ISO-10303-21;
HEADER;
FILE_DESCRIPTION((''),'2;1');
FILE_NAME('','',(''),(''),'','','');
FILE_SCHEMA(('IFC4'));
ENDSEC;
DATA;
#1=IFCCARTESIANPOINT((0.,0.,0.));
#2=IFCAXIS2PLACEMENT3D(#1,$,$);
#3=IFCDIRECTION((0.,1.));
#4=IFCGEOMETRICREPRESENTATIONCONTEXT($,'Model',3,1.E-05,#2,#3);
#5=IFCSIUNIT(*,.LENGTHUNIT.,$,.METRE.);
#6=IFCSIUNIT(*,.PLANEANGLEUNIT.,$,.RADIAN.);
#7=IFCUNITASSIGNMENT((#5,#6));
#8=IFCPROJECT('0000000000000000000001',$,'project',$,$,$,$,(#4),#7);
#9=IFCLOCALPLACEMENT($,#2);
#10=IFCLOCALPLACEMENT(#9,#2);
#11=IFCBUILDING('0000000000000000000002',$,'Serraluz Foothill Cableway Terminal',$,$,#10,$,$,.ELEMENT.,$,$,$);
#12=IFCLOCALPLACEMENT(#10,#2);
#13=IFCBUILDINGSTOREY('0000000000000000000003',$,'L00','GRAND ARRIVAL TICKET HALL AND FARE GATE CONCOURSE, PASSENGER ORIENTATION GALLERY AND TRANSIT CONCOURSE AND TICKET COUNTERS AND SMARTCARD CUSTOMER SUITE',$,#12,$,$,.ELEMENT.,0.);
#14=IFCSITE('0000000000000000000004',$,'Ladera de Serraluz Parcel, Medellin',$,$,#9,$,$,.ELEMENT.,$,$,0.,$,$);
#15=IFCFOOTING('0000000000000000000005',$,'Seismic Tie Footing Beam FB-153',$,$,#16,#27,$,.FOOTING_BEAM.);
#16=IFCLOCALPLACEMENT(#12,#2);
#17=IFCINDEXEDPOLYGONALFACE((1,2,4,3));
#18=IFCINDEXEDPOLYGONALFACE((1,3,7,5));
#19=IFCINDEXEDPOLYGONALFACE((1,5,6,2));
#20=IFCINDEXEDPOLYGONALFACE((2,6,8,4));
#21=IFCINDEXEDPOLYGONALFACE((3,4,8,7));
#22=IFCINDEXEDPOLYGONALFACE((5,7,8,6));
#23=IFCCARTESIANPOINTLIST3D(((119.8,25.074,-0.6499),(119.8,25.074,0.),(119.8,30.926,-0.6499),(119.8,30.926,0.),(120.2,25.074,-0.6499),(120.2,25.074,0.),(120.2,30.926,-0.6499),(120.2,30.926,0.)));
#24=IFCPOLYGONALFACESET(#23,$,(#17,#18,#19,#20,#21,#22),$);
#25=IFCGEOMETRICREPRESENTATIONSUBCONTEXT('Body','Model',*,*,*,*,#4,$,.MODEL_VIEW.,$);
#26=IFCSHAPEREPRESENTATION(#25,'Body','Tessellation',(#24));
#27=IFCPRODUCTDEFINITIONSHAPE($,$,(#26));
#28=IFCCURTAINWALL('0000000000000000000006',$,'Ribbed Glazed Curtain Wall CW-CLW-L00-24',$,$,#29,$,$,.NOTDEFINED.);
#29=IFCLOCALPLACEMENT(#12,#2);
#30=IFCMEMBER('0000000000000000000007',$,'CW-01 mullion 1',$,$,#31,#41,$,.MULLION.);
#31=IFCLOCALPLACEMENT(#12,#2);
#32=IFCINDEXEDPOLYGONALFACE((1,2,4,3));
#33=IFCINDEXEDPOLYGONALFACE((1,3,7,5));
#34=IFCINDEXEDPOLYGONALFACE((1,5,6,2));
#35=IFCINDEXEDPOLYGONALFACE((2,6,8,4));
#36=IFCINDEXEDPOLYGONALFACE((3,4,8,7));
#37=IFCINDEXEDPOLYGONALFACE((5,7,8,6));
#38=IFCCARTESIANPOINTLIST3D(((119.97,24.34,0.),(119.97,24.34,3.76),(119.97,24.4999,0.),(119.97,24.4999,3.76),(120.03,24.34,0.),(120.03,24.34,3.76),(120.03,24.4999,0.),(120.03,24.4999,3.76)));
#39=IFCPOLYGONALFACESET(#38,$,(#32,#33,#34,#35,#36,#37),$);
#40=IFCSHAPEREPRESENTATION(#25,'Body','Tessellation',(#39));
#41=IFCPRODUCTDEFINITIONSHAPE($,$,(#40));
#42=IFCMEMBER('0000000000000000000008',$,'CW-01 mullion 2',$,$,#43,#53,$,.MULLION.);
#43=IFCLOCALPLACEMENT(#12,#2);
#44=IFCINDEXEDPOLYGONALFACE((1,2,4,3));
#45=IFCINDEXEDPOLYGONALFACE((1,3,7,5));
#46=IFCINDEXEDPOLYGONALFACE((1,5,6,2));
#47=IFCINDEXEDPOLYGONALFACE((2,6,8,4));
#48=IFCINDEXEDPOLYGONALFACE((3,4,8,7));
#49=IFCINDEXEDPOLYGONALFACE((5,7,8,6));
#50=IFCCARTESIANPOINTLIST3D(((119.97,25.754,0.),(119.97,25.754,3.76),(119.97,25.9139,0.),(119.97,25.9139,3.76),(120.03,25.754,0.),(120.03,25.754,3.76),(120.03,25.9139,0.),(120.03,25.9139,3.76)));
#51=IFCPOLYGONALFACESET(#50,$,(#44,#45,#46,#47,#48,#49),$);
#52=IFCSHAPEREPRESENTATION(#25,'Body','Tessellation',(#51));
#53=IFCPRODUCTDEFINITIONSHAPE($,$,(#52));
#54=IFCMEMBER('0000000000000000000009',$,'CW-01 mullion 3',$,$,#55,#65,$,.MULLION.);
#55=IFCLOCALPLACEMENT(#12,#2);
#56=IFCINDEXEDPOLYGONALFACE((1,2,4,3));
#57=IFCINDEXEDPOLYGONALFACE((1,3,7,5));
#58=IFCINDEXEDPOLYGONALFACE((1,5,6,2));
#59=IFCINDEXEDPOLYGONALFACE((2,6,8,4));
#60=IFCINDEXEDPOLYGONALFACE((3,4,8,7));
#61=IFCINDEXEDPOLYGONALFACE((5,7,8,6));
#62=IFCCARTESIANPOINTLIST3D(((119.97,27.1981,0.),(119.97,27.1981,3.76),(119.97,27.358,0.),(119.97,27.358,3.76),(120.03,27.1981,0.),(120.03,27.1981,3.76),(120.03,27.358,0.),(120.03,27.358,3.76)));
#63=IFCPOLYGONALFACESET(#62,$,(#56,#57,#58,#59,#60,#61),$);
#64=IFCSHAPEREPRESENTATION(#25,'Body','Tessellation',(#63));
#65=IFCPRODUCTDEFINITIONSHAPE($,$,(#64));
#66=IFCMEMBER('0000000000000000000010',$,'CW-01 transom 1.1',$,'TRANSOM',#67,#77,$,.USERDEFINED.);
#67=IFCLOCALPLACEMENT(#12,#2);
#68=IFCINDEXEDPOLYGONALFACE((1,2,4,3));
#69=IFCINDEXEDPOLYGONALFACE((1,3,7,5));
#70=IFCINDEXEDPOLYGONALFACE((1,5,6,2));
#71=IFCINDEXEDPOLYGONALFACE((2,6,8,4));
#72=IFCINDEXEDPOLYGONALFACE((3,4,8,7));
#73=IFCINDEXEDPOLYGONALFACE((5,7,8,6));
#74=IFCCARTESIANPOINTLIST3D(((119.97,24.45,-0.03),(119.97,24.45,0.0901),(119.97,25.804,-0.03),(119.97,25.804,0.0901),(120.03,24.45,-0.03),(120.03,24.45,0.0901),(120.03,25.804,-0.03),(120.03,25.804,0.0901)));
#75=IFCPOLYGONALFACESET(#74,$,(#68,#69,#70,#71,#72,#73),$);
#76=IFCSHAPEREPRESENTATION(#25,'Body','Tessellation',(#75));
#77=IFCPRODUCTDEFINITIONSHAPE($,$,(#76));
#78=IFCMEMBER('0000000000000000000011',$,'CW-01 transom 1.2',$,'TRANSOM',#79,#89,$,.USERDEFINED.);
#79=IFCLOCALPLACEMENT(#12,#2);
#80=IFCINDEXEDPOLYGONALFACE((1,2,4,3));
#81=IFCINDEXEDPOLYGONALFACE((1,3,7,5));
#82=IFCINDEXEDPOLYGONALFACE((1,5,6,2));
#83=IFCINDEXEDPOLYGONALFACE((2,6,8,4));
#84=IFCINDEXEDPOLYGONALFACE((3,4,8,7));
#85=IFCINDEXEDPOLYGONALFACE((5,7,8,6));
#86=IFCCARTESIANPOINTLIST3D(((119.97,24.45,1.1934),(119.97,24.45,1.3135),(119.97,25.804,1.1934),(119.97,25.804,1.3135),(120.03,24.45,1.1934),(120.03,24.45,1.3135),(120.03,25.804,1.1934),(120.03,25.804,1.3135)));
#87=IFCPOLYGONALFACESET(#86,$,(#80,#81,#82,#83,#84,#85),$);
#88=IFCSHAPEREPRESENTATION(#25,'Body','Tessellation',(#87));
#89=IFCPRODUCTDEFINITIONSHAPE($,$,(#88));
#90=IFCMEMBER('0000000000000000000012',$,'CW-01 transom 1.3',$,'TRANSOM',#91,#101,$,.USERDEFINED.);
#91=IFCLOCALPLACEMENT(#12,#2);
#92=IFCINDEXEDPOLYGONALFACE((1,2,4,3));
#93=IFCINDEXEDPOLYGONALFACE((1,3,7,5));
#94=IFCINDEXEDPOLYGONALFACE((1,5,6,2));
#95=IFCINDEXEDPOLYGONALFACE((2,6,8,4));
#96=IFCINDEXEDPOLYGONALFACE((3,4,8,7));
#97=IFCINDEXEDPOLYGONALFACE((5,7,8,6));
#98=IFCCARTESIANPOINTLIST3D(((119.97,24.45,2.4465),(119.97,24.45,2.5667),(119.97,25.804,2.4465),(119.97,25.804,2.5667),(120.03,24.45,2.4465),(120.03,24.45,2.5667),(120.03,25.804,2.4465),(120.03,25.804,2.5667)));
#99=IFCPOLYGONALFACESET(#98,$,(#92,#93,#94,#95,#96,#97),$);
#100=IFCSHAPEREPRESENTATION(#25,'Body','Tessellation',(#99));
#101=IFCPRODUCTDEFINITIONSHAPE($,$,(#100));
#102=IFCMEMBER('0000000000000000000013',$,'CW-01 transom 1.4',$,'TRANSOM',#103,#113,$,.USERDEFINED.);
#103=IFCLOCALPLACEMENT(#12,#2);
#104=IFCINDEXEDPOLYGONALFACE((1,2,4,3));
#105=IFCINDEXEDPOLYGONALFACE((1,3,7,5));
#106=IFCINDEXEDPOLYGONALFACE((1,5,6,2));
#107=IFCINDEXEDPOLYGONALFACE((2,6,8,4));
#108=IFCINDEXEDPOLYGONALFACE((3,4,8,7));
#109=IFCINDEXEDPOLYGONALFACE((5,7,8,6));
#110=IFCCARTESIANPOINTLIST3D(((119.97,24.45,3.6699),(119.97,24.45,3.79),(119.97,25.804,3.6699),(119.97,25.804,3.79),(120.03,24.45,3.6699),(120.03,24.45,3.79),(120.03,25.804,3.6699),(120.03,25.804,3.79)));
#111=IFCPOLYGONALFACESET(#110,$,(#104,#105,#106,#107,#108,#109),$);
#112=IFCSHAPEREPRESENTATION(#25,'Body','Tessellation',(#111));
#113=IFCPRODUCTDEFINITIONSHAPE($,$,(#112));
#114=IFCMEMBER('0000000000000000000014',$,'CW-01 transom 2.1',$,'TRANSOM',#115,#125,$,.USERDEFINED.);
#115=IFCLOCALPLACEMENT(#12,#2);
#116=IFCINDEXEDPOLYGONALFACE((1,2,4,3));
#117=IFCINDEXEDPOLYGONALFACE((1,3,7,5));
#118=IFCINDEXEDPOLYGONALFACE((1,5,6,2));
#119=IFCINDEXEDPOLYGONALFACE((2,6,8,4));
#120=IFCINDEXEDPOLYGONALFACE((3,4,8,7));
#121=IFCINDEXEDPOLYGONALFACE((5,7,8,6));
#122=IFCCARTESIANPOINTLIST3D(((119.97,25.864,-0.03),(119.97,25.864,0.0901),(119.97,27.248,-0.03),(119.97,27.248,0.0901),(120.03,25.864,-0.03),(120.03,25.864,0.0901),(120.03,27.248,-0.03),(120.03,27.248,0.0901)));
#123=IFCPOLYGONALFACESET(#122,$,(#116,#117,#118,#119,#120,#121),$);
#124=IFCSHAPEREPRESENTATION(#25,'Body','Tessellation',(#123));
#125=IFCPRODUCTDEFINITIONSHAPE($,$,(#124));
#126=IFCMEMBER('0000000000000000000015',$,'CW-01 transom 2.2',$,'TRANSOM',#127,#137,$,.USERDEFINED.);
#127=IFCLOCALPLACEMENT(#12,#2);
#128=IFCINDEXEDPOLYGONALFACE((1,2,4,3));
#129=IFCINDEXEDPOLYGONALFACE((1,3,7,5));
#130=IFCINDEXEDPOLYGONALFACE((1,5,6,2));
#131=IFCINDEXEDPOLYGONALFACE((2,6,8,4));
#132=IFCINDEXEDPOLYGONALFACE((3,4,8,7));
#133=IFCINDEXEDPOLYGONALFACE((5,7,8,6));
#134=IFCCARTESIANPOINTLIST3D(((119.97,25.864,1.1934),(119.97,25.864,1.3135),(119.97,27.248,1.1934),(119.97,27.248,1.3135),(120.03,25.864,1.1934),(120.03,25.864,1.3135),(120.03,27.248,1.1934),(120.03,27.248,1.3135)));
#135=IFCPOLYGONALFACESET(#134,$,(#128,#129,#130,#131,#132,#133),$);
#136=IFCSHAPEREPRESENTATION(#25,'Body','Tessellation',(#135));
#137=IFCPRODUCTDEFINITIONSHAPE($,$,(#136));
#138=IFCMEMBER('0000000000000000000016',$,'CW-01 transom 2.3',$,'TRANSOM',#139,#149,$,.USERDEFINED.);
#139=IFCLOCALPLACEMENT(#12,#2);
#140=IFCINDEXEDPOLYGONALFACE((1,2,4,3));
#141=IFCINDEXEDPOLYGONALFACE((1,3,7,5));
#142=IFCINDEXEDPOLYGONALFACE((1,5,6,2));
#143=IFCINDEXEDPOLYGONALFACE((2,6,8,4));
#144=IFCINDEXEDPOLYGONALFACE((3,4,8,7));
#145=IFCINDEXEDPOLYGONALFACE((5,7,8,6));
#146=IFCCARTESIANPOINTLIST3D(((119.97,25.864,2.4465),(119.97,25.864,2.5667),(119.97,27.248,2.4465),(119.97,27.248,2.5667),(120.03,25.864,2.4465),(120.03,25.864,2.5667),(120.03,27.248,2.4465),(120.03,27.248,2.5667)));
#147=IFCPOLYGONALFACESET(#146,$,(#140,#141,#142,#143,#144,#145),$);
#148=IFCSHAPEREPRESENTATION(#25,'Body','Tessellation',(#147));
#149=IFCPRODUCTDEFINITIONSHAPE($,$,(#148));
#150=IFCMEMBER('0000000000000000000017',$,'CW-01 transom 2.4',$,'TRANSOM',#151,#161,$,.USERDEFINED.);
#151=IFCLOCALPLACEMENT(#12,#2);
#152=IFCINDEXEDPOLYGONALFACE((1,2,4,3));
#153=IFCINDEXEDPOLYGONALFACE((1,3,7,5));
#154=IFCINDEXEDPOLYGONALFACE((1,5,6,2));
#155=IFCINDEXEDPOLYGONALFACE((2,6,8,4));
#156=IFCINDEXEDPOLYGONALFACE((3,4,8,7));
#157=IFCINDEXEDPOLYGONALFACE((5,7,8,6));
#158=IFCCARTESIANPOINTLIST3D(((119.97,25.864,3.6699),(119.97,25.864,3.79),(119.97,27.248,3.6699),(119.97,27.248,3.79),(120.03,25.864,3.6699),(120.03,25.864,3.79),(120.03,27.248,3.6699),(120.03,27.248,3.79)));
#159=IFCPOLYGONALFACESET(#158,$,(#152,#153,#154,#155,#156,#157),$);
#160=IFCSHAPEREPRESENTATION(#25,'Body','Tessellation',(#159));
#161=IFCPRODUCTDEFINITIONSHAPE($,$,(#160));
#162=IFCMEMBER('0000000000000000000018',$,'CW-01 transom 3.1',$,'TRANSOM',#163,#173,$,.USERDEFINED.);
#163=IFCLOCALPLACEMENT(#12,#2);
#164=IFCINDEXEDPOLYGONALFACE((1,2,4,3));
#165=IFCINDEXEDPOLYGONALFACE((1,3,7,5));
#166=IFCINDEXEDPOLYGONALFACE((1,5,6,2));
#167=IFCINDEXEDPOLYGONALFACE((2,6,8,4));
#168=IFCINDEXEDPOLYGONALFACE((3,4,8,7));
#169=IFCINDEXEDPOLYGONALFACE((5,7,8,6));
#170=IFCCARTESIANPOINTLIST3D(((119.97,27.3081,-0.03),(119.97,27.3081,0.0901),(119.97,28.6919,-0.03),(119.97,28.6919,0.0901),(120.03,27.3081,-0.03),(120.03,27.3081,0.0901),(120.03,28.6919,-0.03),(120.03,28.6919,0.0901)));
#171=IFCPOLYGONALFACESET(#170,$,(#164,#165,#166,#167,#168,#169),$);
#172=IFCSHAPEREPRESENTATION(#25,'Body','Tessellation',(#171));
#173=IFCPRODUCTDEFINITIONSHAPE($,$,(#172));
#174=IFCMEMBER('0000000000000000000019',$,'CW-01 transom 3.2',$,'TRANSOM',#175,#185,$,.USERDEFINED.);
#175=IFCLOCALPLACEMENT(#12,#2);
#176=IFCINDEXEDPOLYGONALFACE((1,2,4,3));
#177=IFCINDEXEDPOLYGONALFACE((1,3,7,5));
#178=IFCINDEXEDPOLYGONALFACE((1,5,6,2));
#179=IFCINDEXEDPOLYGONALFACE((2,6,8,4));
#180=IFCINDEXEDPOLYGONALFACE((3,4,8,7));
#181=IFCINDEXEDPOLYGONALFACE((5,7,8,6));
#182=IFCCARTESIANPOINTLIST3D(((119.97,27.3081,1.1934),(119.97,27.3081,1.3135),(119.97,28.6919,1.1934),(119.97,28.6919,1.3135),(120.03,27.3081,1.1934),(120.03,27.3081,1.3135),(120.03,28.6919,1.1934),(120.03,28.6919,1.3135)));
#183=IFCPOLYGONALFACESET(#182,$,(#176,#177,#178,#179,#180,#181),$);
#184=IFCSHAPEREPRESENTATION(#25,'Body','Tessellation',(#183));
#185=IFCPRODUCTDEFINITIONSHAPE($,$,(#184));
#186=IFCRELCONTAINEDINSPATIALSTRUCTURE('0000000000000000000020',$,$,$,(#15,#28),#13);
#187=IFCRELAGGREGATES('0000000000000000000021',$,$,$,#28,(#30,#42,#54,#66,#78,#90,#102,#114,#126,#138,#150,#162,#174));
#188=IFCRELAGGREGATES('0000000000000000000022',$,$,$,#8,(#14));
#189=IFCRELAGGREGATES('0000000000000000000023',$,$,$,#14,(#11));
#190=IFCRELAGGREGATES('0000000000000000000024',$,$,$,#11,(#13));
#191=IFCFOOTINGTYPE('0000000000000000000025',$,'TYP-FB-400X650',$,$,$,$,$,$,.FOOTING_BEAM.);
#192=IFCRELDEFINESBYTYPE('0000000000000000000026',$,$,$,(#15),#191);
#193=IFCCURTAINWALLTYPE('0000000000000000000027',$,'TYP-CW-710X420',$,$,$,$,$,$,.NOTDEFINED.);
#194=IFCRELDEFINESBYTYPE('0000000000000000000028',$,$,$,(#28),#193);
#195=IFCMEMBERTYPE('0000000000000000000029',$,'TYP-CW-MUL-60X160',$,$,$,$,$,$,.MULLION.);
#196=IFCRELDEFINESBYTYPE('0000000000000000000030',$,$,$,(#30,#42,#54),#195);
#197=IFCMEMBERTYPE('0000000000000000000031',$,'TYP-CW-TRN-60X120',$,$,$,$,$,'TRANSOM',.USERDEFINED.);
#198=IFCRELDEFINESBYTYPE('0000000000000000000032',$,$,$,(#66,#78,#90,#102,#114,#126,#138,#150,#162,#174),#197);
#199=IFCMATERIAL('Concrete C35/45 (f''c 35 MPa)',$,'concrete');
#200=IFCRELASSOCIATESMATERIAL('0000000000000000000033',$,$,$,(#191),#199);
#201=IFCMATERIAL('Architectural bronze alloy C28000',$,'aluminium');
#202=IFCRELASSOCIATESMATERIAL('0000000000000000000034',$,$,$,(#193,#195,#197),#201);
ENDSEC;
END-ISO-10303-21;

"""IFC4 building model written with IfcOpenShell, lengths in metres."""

from ifc_helpers import new_model, si_unit, direction, frame, origin, origin_2d, place, context, subcontext, project, spatial, rectangle, extrude, material, material_profile, profile_set, type_object, element, aggregate, save


model = new_model("IFC4")

# Units and contexts
model_context = context("Model", 3, precision=1e-05, world=origin(), true_north=direction((0.0, 1.0)))
body_context = subcontext(model_context, "Body", "Model", "MODEL_VIEW")
ifc_project = project(units=[si_unit("LENGTHUNIT", "METRE"), si_unit("PLANEANGLEUNIT", "RADIAN")], contexts=[model_context])

# Site, building, storey
site_placement = place(None, origin())
site = spatial("IfcSite", under=ifc_project, at=site_placement, Name="Ladera de Serraluz Parcel, Medellin", CompositionType="ELEMENT", RefElevation=0.0)
building_placement = place(site_placement, origin())
building = spatial("IfcBuilding", under=site, at=building_placement, Name="Serraluz Foothill Cableway Terminal", CompositionType="ELEMENT")
storey_placement = place(building_placement, origin())
storey = spatial("IfcBuildingStorey", under=building, at=storey_placement, Name="L00", Description="GRAND ARRIVAL TICKET HALL AND FARE GATE CONCOURSE, PASSENGER ORIENTATION GALLERY AND TRANSIT CONCOURSE AND TICKET COUNTERS AND SMARTCARD CUSTOMER SUITE", CompositionType="ELEMENT", Elevation=0.0)

# Footing
ifc_material_1 = material(Name="Concrete C35/45 (f'c 35 MPa)", Category="concrete")
ifc_material_profile_1 = material_profile(ifc_material_1, rectangle(XDim=0.3999, YDim=0.6499, at=origin_2d()), Name="RC 400x650")
ifc_profile_set_1 = profile_set([ifc_material_profile_1], Name="Concrete C35/45 (f'c 35 MPa)")
footing_type = type_object("IfcFootingType", Name="TYP-FB-400X650", PredefinedType="FOOTING_BEAM", material=ifc_profile_set_1)
footing_placement = place(storey_placement, frame((120.0, 25.074, -0.325), z_axis=(0.0, 1.0, 0.0), x_axis=(-1.0, 0.0, 0.0)))
element("IfcFooting", 1, at=footing_placement, inside=storey, type_object=footing_type, Name="Seismic Tie Footing Beam FB-153", PredefinedType="FOOTING_BEAM", context=body_context, shape_type="SweptSolid", body=[
    extrude(rectangle(XDim=0.3999, YDim=0.6499, at=origin_2d()), origin(), (0.0, 0.0, 1.0), 5.8521),
])

# Curtain wall, members
ifc_material_2 = material(Name="Architectural bronze alloy C28000", Category="aluminium")
curtain_wall_type = type_object("IfcCurtainWallType", Name="TYP-CW-710X420", PredefinedType="NOTDEFINED", material=ifc_material_2)
curtain_wall_placement = place(storey_placement, origin())
curtain_wall = element("IfcCurtainWall", 2, at=curtain_wall_placement, inside=storey, type_object=curtain_wall_type, Name="Ribbed Glazed Curtain Wall CW-CLW-L00-24", PredefinedType="NOTDEFINED")
ifc_material_profile_2 = material_profile(ifc_material_2, rectangle(XDim=0.0601, YDim=0.1599, at=origin_2d()), Name="ALU MULLION 60x160")
ifc_profile_set_2 = profile_set([ifc_material_profile_2], Name="Architectural bronze alloy C28000")
member_type_1 = type_object("IfcMemberType", Name="TYP-CW-MUL-60X160", PredefinedType="MULLION", material=ifc_profile_set_2)
member_1_placement = place(storey_placement, frame((120.0, 24.4199, 0.0), z_axis=(0.0, 0.0, 1.0), x_axis=(-1.0, 0.0, 0.0)))
member_1 = element("IfcMember", 3, at=member_1_placement, type_object=member_type_1, Name="CW-01 mullion 1", PredefinedType="MULLION", context=body_context, shape_type="SweptSolid", body=[
    extrude(rectangle(XDim=0.0601, YDim=0.1599, at=origin_2d()), origin(), (0.0, 0.0, 1.0), 3.76),
])
member_2_placement = place(storey_placement, frame((120.0, 25.834, 0.0), z_axis=(0.0, 0.0, 1.0), x_axis=(-1.0, 0.0, 0.0)))
member_2 = element("IfcMember", 4, at=member_2_placement, type_object=member_type_1, Name="CW-01 mullion 2", PredefinedType="MULLION", context=body_context, shape_type="SweptSolid", body=[
    extrude(rectangle(XDim=0.0601, YDim=0.1599, at=origin_2d()), origin(), (0.0, 0.0, 1.0), 3.76),
])
member_3_placement = place(storey_placement, frame((120.0, 27.2781, 0.0), z_axis=(0.0, 0.0, 1.0), x_axis=(-1.0, 0.0, 0.0)))
member_3 = element("IfcMember", 5, at=member_3_placement, type_object=member_type_1, Name="CW-01 mullion 3", PredefinedType="MULLION", context=body_context, shape_type="SweptSolid", body=[
    extrude(rectangle(XDim=0.0601, YDim=0.1599, at=origin_2d()), origin(), (0.0, 0.0, 1.0), 3.76),
])
ifc_material_profile_3 = material_profile(ifc_material_2, rectangle(XDim=0.0601, YDim=0.1201, at=origin_2d()), Name="ALU TRANSOM 60x120")
ifc_profile_set_3 = profile_set([ifc_material_profile_3], Name="Architectural bronze alloy C28000")
member_type_2 = type_object("IfcMemberType", Name="TYP-CW-TRN-60X120", ElementType="TRANSOM", PredefinedType="USERDEFINED", material=ifc_profile_set_3)
member_4_placement = place(storey_placement, frame((120.0, 24.45, 0.03), z_axis=(0.0, 1.0, 0.0), x_axis=(-1.0, 0.0, 0.0)))
member_4 = element("IfcMember", 6, at=member_4_placement, type_object=member_type_2, Name="CW-01 transom 1.1", ObjectType="TRANSOM", PredefinedType="USERDEFINED", context=body_context, shape_type="SweptSolid", body=[
    extrude(rectangle(XDim=0.0601, YDim=0.1201, at=origin_2d()), origin(), (0.0, 0.0, 1.0), 1.354),
])
member_5_placement = place(storey_placement, frame((120.0, 24.45, 1.2534), z_axis=(0.0, 1.0, 0.0), x_axis=(-1.0, 0.0, 0.0)))
member_5 = element("IfcMember", 7, at=member_5_placement, type_object=member_type_2, Name="CW-01 transom 1.2", ObjectType="TRANSOM", PredefinedType="USERDEFINED", context=body_context, shape_type="SweptSolid", body=[
    extrude(rectangle(XDim=0.0601, YDim=0.1201, at=origin_2d()), origin(), (0.0, 0.0, 1.0), 1.354),
])
member_6_placement = place(storey_placement, frame((120.0, 24.45, 2.5066), z_axis=(0.0, 1.0, 0.0), x_axis=(-1.0, 0.0, 0.0)))
member_6 = element("IfcMember", 8, at=member_6_placement, type_object=member_type_2, Name="CW-01 transom 1.3", ObjectType="TRANSOM", PredefinedType="USERDEFINED", context=body_context, shape_type="SweptSolid", body=[
    extrude(rectangle(XDim=0.0601, YDim=0.1201, at=origin_2d()), origin(), (0.0, 0.0, 1.0), 1.354),
])
member_7_placement = place(storey_placement, frame((120.0, 24.45, 3.73), z_axis=(0.0, 1.0, 0.0), x_axis=(-1.0, 0.0, 0.0)))
member_7 = element("IfcMember", 9, at=member_7_placement, type_object=member_type_2, Name="CW-01 transom 1.4", ObjectType="TRANSOM", PredefinedType="USERDEFINED", context=body_context, shape_type="SweptSolid", body=[
    extrude(rectangle(XDim=0.0601, YDim=0.1201, at=origin_2d()), origin(), (0.0, 0.0, 1.0), 1.354),
])
member_8_placement = place(storey_placement, frame((120.0, 25.864, 0.03), z_axis=(0.0, 1.0, 0.0), x_axis=(-1.0, 0.0, 0.0)))
member_8 = element("IfcMember", 10, at=member_8_placement, type_object=member_type_2, Name="CW-01 transom 2.1", ObjectType="TRANSOM", PredefinedType="USERDEFINED", context=body_context, shape_type="SweptSolid", body=[
    extrude(rectangle(XDim=0.0601, YDim=0.1201, at=origin_2d()), origin(), (0.0, 0.0, 1.0), 1.384),
])
member_9_placement = place(storey_placement, frame((120.0, 25.864, 1.2534), z_axis=(0.0, 1.0, 0.0), x_axis=(-1.0, 0.0, 0.0)))
member_9 = element("IfcMember", 11, at=member_9_placement, type_object=member_type_2, Name="CW-01 transom 2.2", ObjectType="TRANSOM", PredefinedType="USERDEFINED", context=body_context, shape_type="SweptSolid", body=[
    extrude(rectangle(XDim=0.0601, YDim=0.1201, at=origin_2d()), origin(), (0.0, 0.0, 1.0), 1.384),
])
member_10_placement = place(storey_placement, frame((120.0, 25.864, 2.5066), z_axis=(0.0, 1.0, 0.0), x_axis=(-1.0, 0.0, 0.0)))
member_10 = element("IfcMember", 12, at=member_10_placement, type_object=member_type_2, Name="CW-01 transom 2.3", ObjectType="TRANSOM", PredefinedType="USERDEFINED", context=body_context, shape_type="SweptSolid", body=[
    extrude(rectangle(XDim=0.0601, YDim=0.1201, at=origin_2d()), origin(), (0.0, 0.0, 1.0), 1.384),
])
member_11_placement = place(storey_placement, frame((120.0, 25.864, 3.73), z_axis=(0.0, 1.0, 0.0), x_axis=(-1.0, 0.0, 0.0)))
member_11 = element("IfcMember", 13, at=member_11_placement, type_object=member_type_2, Name="CW-01 transom 2.4", ObjectType="TRANSOM", PredefinedType="USERDEFINED", context=body_context, shape_type="SweptSolid", body=[
    extrude(rectangle(XDim=0.0601, YDim=0.1201, at=origin_2d()), origin(), (0.0, 0.0, 1.0), 1.384),
])
member_12_placement = place(storey_placement, frame((120.0, 27.3081, 0.03), z_axis=(0.0, 1.0, 0.0), x_axis=(-1.0, 0.0, 0.0)))
member_12 = element("IfcMember", 14, at=member_12_placement, type_object=member_type_2, Name="CW-01 transom 3.1", ObjectType="TRANSOM", PredefinedType="USERDEFINED", context=body_context, shape_type="SweptSolid", body=[
    extrude(rectangle(XDim=0.0601, YDim=0.1201, at=origin_2d()), origin(), (0.0, 0.0, 1.0), 1.3838),
])
member_13_placement = place(storey_placement, frame((120.0, 27.3081, 1.2534), z_axis=(0.0, 1.0, 0.0), x_axis=(-1.0, 0.0, 0.0)))
member_13 = element("IfcMember", 15, at=member_13_placement, type_object=member_type_2, Name="CW-01 transom 3.2", ObjectType="TRANSOM", PredefinedType="USERDEFINED", context=body_context, shape_type="SweptSolid", body=[
    extrude(rectangle(XDim=0.0601, YDim=0.1201, at=origin_2d()), origin(), (0.0, 0.0, 1.0), 1.3838),
])

aggregate(curtain_wall, [member_1, member_2, member_3, member_4, member_5, member_6, member_7, member_8, member_9, member_10, member_11, member_12, member_13])

save(model, "model.ifc")
